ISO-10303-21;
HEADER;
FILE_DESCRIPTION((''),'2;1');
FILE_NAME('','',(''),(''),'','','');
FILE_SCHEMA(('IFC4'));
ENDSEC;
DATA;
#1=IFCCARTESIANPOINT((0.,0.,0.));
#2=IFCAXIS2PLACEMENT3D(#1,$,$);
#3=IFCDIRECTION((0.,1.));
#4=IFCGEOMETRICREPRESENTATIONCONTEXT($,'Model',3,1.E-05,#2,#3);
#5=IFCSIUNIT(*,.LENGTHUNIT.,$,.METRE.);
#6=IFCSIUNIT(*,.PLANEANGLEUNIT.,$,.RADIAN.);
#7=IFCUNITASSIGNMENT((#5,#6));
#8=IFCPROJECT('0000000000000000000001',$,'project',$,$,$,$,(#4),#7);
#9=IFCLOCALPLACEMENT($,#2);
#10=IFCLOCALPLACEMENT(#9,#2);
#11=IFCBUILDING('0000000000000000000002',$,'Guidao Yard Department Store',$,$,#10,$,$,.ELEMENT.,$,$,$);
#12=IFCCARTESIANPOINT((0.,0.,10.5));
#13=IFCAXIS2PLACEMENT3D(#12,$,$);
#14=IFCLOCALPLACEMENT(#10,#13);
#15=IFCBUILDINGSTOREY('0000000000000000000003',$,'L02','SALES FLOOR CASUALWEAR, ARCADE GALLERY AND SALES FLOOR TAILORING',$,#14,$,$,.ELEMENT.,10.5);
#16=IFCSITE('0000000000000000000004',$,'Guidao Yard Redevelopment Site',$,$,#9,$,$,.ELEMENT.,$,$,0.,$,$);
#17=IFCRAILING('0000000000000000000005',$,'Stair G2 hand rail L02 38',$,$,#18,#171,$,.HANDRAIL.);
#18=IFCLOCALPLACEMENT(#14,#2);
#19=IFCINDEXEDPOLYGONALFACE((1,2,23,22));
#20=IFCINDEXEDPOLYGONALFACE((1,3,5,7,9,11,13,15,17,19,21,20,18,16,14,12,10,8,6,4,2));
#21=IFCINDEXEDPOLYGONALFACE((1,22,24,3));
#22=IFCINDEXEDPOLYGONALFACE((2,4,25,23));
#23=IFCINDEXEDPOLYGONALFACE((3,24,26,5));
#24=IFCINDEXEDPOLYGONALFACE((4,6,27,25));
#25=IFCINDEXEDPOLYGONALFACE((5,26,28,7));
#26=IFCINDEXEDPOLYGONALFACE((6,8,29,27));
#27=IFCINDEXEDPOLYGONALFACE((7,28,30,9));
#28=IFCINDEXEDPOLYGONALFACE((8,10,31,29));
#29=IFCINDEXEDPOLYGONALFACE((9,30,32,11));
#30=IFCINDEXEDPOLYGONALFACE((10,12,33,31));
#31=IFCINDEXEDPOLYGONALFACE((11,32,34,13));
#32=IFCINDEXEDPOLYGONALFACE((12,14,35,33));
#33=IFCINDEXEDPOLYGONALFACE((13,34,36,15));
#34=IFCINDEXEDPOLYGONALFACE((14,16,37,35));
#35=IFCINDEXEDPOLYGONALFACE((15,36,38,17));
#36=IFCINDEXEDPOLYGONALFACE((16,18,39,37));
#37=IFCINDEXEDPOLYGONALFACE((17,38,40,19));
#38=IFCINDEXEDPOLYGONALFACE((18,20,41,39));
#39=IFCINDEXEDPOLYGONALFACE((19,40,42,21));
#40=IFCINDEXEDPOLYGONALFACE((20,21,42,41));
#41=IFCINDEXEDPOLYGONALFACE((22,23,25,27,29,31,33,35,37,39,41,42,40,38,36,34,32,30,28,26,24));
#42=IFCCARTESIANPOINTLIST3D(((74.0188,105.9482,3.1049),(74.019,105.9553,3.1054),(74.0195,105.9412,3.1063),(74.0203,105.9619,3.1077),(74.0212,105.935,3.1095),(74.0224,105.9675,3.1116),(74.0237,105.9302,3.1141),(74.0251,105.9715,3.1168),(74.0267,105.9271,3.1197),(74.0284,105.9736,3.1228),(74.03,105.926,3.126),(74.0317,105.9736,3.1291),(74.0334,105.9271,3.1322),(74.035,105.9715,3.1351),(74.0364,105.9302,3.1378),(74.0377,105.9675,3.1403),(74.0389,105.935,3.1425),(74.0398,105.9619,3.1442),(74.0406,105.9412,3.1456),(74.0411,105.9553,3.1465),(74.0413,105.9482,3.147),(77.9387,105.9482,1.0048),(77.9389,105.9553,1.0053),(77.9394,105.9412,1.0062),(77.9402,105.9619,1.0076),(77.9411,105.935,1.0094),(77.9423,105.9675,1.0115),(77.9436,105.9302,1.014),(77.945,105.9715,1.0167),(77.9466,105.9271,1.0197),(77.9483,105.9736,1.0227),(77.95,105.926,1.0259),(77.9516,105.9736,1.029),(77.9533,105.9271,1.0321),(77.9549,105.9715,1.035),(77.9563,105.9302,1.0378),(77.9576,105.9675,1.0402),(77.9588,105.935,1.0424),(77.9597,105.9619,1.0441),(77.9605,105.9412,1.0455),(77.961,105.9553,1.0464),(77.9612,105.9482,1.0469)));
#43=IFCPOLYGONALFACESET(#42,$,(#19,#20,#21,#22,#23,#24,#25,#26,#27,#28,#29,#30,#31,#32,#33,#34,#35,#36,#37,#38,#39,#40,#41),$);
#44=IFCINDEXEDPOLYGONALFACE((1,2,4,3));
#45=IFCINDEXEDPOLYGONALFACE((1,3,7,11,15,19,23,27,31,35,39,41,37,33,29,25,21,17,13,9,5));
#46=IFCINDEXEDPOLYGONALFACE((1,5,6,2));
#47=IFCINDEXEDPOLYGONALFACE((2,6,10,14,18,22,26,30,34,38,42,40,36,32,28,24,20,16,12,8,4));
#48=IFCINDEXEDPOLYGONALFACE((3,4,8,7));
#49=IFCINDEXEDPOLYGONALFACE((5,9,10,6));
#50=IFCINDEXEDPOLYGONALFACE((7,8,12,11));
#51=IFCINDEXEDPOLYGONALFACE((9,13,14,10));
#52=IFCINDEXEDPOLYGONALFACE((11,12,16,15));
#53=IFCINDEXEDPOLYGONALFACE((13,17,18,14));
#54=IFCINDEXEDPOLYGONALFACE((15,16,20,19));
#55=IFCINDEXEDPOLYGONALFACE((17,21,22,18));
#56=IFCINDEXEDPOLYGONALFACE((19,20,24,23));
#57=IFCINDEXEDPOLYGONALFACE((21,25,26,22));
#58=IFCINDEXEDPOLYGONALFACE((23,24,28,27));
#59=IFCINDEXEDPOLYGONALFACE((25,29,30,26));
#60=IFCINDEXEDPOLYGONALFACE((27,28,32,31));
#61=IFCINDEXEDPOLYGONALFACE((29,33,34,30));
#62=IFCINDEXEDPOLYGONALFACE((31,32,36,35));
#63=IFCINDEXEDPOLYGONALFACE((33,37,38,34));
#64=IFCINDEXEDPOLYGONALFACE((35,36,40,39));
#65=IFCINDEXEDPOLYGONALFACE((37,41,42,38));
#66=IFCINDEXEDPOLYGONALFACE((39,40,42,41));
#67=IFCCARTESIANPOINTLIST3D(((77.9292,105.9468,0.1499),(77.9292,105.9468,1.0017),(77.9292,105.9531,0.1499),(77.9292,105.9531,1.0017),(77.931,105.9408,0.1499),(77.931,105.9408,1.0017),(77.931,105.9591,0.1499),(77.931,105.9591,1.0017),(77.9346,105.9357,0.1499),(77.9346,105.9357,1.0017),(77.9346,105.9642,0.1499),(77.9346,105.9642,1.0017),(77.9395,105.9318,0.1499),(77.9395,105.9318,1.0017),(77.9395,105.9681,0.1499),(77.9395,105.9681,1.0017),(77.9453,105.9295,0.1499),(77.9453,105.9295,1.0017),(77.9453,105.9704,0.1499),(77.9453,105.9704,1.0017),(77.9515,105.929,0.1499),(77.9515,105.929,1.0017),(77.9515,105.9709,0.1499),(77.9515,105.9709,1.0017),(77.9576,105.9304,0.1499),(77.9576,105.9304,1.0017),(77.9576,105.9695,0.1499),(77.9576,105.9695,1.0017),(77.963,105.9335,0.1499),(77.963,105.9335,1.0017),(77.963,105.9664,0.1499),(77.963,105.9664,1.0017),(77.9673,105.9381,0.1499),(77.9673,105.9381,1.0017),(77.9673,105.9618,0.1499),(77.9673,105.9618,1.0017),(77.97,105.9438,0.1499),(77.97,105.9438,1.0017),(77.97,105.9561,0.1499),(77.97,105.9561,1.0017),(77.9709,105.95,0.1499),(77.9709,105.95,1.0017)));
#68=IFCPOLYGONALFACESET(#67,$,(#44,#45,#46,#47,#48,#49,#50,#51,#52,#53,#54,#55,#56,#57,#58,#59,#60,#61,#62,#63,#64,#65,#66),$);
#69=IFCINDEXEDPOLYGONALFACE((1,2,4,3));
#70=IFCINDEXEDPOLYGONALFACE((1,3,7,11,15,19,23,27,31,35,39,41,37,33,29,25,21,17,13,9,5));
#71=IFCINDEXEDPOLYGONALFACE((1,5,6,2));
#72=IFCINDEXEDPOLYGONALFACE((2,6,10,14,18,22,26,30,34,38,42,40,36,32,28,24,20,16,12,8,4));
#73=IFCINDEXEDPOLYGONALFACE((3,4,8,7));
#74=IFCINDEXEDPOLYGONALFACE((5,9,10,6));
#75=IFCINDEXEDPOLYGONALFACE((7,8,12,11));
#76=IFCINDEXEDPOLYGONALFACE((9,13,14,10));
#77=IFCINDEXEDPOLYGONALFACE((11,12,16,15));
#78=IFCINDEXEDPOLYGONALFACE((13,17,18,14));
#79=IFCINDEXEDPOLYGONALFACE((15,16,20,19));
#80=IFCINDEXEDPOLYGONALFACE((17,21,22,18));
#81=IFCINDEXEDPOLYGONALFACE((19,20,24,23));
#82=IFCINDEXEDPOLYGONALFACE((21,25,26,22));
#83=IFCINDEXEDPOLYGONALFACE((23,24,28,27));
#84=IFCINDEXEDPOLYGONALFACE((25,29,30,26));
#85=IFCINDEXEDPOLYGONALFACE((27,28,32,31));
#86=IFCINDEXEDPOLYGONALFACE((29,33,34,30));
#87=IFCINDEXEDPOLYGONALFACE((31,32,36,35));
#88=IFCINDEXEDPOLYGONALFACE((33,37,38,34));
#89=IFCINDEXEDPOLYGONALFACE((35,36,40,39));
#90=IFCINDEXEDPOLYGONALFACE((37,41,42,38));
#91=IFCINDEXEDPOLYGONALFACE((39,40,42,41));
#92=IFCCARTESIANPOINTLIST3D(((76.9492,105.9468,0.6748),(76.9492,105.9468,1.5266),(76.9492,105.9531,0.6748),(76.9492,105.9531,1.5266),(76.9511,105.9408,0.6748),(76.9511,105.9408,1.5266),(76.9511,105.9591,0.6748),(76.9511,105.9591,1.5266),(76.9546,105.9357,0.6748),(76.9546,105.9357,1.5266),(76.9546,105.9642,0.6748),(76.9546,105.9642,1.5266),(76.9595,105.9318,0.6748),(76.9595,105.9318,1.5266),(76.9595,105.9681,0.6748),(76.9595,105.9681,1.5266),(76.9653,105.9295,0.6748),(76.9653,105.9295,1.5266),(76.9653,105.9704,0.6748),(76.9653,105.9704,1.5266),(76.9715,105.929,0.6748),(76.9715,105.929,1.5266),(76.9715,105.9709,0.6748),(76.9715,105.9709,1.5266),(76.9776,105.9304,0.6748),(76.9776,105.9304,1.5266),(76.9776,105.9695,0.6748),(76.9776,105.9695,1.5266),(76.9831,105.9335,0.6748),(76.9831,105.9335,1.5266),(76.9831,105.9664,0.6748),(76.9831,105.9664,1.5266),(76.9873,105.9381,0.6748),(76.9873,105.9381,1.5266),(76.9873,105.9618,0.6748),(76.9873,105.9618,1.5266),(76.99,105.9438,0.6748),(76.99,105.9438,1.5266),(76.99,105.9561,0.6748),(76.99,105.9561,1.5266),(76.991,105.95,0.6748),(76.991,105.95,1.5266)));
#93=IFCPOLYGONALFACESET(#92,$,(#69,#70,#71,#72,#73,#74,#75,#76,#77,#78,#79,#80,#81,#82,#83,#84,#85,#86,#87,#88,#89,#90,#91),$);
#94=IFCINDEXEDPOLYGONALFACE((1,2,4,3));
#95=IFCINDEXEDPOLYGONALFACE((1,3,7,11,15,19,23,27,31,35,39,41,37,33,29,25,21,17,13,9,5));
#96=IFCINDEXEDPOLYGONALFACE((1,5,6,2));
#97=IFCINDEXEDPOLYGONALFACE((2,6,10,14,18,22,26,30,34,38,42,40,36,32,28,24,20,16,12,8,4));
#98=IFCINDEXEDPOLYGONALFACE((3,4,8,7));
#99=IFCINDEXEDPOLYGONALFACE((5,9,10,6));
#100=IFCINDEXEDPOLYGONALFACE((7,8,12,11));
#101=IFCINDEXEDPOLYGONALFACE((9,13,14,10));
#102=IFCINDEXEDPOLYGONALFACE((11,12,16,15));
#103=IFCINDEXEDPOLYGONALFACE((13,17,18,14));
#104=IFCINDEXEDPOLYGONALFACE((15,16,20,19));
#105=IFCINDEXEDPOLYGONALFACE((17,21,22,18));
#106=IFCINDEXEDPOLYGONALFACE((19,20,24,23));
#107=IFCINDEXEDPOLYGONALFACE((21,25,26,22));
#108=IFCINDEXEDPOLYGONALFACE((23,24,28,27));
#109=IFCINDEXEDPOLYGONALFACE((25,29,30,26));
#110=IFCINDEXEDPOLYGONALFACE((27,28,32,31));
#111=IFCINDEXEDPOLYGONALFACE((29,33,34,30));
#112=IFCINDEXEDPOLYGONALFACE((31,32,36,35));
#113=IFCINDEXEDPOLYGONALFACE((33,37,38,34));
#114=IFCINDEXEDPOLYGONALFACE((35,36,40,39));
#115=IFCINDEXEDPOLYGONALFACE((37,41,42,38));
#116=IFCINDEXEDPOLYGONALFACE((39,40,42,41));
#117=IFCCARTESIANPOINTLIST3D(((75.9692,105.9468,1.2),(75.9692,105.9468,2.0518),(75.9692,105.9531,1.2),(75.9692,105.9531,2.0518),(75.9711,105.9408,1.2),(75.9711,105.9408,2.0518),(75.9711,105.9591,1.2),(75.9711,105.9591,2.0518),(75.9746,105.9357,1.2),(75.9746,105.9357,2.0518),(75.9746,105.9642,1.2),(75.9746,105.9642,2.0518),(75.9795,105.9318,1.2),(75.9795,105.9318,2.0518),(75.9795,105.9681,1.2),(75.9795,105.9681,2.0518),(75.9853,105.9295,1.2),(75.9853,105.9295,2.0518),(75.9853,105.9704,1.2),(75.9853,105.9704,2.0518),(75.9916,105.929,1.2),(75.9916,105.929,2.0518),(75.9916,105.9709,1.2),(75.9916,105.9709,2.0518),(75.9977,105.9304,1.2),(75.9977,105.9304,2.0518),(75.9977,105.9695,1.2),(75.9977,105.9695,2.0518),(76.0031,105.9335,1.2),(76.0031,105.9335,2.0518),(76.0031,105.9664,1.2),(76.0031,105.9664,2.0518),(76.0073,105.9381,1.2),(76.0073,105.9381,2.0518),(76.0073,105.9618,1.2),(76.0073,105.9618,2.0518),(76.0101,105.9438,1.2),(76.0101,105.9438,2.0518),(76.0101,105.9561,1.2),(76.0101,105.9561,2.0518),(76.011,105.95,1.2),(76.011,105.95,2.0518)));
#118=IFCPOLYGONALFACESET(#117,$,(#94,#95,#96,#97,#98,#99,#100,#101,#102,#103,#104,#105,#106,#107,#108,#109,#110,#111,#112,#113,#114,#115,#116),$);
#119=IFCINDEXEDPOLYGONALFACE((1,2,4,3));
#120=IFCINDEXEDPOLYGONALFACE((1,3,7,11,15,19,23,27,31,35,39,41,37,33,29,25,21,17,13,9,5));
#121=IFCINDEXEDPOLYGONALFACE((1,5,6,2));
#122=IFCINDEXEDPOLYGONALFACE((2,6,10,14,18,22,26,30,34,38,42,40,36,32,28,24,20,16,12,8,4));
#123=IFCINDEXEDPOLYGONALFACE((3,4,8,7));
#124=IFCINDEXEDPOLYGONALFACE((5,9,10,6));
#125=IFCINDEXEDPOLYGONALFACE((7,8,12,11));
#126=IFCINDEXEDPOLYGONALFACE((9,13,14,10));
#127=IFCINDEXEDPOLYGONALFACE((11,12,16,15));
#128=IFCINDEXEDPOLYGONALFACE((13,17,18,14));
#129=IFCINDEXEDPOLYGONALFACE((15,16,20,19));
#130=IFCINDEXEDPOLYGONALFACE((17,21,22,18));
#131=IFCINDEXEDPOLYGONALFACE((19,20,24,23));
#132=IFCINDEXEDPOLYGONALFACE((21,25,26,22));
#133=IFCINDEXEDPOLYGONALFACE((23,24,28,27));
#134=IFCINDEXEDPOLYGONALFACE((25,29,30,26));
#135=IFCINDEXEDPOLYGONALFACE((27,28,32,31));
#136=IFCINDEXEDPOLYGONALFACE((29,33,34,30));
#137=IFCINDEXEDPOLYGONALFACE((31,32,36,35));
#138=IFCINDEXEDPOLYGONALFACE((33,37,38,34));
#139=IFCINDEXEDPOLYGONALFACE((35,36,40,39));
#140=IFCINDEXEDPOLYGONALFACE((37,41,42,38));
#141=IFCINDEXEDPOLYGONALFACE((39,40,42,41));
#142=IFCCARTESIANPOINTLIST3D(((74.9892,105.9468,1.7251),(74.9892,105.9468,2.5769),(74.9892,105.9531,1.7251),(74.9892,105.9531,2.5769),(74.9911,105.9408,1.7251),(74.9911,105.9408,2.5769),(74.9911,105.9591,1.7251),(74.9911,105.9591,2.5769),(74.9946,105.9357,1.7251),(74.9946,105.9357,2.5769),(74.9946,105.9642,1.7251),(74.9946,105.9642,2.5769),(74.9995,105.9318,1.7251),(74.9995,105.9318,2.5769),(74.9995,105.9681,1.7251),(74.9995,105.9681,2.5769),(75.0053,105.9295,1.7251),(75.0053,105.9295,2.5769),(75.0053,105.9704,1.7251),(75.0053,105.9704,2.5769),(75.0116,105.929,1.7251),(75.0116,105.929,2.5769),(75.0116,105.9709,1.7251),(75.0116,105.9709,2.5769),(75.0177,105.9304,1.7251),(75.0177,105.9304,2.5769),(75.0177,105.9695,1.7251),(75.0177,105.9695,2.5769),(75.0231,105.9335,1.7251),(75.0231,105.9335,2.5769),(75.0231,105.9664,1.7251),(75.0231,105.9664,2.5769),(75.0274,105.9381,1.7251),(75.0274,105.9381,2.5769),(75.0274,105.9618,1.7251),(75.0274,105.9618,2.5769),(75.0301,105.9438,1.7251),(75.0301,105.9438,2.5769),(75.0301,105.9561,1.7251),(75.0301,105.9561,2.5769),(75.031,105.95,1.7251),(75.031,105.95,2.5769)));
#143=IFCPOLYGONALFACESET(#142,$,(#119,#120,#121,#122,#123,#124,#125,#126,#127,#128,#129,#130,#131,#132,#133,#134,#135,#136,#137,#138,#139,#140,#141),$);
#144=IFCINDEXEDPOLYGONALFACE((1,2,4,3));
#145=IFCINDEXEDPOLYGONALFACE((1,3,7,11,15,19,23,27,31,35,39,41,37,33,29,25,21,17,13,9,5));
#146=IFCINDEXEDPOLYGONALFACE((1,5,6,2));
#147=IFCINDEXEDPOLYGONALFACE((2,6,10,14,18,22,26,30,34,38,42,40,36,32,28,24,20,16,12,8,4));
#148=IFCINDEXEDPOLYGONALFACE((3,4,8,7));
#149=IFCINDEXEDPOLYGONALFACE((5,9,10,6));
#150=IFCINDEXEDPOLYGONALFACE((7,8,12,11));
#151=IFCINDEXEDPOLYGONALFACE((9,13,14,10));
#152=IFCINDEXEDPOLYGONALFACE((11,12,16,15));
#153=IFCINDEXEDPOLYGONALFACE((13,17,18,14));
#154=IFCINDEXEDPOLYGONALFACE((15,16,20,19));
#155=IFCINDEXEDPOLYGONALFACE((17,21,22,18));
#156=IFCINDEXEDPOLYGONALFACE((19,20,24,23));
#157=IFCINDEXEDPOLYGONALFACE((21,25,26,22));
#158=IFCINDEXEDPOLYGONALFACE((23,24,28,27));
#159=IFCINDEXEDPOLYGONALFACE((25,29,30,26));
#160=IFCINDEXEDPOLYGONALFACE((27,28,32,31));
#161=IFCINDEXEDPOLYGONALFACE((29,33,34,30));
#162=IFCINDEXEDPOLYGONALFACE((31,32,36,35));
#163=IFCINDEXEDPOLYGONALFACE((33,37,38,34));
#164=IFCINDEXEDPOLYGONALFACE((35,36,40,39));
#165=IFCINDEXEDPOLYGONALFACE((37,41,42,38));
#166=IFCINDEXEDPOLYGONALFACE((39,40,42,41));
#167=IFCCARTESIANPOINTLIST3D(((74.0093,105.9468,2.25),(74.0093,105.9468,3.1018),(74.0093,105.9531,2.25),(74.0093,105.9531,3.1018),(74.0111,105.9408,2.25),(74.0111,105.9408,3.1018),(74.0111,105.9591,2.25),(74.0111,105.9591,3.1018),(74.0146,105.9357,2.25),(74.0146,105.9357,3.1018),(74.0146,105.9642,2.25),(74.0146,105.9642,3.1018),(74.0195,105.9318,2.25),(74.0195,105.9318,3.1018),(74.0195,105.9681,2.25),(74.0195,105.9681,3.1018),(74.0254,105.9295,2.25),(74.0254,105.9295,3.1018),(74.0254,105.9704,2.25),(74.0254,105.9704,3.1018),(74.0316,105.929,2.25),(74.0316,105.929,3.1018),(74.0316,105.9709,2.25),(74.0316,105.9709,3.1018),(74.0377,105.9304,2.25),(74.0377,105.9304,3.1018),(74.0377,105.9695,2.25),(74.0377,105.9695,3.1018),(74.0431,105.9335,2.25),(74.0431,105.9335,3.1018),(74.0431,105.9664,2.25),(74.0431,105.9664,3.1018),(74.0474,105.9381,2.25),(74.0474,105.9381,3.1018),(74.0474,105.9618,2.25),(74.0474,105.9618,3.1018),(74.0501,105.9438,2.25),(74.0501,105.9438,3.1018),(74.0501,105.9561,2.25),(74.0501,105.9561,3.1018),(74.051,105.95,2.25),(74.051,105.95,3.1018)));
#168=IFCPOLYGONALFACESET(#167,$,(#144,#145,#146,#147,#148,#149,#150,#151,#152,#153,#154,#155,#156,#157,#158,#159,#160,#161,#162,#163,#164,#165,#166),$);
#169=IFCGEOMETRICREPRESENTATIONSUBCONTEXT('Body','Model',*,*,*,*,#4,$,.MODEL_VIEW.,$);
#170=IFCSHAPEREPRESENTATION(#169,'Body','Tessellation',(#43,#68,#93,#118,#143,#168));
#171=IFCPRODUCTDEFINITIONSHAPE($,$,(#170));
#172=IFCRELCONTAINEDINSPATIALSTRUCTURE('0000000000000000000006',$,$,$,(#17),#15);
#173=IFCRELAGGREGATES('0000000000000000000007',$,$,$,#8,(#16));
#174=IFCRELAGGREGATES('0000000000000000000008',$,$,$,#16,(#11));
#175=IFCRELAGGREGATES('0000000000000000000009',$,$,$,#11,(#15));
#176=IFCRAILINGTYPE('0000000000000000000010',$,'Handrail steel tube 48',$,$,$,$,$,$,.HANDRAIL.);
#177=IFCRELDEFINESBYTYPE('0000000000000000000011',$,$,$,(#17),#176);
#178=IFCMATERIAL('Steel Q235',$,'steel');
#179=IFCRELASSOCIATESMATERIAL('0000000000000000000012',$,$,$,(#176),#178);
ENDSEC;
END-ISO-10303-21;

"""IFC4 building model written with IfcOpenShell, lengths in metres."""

from ifc_helpers import new_model, si_unit, direction, frame, origin, origin_2d, place, context, subcontext, project, spatial, circle, extrude, material, type_object, element, save


model = new_model("IFC4")

# Units and contexts
model_context = context("Model", 3, precision=1e-05, world=origin(), true_north=direction((0.0, 1.0)))
body_context = subcontext(model_context, "Body", "Model", "MODEL_VIEW")
ifc_project = project(units=[si_unit("LENGTHUNIT", "METRE"), si_unit("PLANEANGLEUNIT", "RADIAN")], contexts=[model_context])

# Site, building, storey
site_placement = place(None, origin())
site = spatial("IfcSite", under=ifc_project, at=site_placement, Name="Guidao Yard Redevelopment Site", CompositionType="ELEMENT", RefElevation=0.0)
building_placement = place(site_placement, origin())
building = spatial("IfcBuilding", under=site, at=building_placement, Name="Guidao Yard Department Store", CompositionType="ELEMENT")
storey_placement = place(building_placement, frame((0.0, 0.0, 10.5)))
storey = spatial("IfcBuildingStorey", under=building, at=storey_placement, Name="L02", Description="SALES FLOOR CASUALWEAR, ARCADE GALLERY AND SALES FLOOR TAILORING", CompositionType="ELEMENT", Elevation=10.5)

# Railing
ifc_material_1 = material(Name="Steel Q235", Category="steel")
railing_type_1 = type_object("IfcRailingType", Name="Handrail steel tube 48", PredefinedType="HANDRAIL", material=ifc_material_1)
for number, where, name in (
    (1, (77.95, 105.95, 0.1499), "Stair G2 hand rail L02 38"),
):
    element("IfcRailing", number, at=place(storey_placement, frame(where)), inside=storey, type_object=railing_type_1, Name=name, PredefinedType="HANDRAIL", context=body_context, shape_type="SweptSolid", body=[
        extrude(circle(Radius=0.0239, at=origin_2d()), frame((0.0, 0.0, 0.876), z_axis=(-0.881467, 0.0, 0.472246), x_axis=(0.0, -1.0, 0.0)), (0.0, 0.0, 1.0), 4.447),
        extrude(circle(Radius=0.021, at=origin_2d()), origin(), (0.0, 0.0, 1.0), 0.8518),
        extrude(circle(Radius=0.021, at=origin_2d()), frame((-0.98, 0.0, 0.5249)), (0.0, 0.0, 1.0), 0.8518),
        extrude(circle(Radius=0.021, at=origin_2d()), frame((-1.96, 0.0, 1.05)), (0.0, 0.0, 1.0), 0.8518),
        extrude(circle(Radius=0.021, at=origin_2d()), frame((-2.9399, 0.0, 1.5752)), (0.0, 0.0, 1.0), 0.8518),
        extrude(circle(Radius=0.021, at=origin_2d()), frame((-3.9199, 0.0, 2.1001)), (0.0, 0.0, 1.0), 0.8518),
    ])

save(model, "model.ifc")
